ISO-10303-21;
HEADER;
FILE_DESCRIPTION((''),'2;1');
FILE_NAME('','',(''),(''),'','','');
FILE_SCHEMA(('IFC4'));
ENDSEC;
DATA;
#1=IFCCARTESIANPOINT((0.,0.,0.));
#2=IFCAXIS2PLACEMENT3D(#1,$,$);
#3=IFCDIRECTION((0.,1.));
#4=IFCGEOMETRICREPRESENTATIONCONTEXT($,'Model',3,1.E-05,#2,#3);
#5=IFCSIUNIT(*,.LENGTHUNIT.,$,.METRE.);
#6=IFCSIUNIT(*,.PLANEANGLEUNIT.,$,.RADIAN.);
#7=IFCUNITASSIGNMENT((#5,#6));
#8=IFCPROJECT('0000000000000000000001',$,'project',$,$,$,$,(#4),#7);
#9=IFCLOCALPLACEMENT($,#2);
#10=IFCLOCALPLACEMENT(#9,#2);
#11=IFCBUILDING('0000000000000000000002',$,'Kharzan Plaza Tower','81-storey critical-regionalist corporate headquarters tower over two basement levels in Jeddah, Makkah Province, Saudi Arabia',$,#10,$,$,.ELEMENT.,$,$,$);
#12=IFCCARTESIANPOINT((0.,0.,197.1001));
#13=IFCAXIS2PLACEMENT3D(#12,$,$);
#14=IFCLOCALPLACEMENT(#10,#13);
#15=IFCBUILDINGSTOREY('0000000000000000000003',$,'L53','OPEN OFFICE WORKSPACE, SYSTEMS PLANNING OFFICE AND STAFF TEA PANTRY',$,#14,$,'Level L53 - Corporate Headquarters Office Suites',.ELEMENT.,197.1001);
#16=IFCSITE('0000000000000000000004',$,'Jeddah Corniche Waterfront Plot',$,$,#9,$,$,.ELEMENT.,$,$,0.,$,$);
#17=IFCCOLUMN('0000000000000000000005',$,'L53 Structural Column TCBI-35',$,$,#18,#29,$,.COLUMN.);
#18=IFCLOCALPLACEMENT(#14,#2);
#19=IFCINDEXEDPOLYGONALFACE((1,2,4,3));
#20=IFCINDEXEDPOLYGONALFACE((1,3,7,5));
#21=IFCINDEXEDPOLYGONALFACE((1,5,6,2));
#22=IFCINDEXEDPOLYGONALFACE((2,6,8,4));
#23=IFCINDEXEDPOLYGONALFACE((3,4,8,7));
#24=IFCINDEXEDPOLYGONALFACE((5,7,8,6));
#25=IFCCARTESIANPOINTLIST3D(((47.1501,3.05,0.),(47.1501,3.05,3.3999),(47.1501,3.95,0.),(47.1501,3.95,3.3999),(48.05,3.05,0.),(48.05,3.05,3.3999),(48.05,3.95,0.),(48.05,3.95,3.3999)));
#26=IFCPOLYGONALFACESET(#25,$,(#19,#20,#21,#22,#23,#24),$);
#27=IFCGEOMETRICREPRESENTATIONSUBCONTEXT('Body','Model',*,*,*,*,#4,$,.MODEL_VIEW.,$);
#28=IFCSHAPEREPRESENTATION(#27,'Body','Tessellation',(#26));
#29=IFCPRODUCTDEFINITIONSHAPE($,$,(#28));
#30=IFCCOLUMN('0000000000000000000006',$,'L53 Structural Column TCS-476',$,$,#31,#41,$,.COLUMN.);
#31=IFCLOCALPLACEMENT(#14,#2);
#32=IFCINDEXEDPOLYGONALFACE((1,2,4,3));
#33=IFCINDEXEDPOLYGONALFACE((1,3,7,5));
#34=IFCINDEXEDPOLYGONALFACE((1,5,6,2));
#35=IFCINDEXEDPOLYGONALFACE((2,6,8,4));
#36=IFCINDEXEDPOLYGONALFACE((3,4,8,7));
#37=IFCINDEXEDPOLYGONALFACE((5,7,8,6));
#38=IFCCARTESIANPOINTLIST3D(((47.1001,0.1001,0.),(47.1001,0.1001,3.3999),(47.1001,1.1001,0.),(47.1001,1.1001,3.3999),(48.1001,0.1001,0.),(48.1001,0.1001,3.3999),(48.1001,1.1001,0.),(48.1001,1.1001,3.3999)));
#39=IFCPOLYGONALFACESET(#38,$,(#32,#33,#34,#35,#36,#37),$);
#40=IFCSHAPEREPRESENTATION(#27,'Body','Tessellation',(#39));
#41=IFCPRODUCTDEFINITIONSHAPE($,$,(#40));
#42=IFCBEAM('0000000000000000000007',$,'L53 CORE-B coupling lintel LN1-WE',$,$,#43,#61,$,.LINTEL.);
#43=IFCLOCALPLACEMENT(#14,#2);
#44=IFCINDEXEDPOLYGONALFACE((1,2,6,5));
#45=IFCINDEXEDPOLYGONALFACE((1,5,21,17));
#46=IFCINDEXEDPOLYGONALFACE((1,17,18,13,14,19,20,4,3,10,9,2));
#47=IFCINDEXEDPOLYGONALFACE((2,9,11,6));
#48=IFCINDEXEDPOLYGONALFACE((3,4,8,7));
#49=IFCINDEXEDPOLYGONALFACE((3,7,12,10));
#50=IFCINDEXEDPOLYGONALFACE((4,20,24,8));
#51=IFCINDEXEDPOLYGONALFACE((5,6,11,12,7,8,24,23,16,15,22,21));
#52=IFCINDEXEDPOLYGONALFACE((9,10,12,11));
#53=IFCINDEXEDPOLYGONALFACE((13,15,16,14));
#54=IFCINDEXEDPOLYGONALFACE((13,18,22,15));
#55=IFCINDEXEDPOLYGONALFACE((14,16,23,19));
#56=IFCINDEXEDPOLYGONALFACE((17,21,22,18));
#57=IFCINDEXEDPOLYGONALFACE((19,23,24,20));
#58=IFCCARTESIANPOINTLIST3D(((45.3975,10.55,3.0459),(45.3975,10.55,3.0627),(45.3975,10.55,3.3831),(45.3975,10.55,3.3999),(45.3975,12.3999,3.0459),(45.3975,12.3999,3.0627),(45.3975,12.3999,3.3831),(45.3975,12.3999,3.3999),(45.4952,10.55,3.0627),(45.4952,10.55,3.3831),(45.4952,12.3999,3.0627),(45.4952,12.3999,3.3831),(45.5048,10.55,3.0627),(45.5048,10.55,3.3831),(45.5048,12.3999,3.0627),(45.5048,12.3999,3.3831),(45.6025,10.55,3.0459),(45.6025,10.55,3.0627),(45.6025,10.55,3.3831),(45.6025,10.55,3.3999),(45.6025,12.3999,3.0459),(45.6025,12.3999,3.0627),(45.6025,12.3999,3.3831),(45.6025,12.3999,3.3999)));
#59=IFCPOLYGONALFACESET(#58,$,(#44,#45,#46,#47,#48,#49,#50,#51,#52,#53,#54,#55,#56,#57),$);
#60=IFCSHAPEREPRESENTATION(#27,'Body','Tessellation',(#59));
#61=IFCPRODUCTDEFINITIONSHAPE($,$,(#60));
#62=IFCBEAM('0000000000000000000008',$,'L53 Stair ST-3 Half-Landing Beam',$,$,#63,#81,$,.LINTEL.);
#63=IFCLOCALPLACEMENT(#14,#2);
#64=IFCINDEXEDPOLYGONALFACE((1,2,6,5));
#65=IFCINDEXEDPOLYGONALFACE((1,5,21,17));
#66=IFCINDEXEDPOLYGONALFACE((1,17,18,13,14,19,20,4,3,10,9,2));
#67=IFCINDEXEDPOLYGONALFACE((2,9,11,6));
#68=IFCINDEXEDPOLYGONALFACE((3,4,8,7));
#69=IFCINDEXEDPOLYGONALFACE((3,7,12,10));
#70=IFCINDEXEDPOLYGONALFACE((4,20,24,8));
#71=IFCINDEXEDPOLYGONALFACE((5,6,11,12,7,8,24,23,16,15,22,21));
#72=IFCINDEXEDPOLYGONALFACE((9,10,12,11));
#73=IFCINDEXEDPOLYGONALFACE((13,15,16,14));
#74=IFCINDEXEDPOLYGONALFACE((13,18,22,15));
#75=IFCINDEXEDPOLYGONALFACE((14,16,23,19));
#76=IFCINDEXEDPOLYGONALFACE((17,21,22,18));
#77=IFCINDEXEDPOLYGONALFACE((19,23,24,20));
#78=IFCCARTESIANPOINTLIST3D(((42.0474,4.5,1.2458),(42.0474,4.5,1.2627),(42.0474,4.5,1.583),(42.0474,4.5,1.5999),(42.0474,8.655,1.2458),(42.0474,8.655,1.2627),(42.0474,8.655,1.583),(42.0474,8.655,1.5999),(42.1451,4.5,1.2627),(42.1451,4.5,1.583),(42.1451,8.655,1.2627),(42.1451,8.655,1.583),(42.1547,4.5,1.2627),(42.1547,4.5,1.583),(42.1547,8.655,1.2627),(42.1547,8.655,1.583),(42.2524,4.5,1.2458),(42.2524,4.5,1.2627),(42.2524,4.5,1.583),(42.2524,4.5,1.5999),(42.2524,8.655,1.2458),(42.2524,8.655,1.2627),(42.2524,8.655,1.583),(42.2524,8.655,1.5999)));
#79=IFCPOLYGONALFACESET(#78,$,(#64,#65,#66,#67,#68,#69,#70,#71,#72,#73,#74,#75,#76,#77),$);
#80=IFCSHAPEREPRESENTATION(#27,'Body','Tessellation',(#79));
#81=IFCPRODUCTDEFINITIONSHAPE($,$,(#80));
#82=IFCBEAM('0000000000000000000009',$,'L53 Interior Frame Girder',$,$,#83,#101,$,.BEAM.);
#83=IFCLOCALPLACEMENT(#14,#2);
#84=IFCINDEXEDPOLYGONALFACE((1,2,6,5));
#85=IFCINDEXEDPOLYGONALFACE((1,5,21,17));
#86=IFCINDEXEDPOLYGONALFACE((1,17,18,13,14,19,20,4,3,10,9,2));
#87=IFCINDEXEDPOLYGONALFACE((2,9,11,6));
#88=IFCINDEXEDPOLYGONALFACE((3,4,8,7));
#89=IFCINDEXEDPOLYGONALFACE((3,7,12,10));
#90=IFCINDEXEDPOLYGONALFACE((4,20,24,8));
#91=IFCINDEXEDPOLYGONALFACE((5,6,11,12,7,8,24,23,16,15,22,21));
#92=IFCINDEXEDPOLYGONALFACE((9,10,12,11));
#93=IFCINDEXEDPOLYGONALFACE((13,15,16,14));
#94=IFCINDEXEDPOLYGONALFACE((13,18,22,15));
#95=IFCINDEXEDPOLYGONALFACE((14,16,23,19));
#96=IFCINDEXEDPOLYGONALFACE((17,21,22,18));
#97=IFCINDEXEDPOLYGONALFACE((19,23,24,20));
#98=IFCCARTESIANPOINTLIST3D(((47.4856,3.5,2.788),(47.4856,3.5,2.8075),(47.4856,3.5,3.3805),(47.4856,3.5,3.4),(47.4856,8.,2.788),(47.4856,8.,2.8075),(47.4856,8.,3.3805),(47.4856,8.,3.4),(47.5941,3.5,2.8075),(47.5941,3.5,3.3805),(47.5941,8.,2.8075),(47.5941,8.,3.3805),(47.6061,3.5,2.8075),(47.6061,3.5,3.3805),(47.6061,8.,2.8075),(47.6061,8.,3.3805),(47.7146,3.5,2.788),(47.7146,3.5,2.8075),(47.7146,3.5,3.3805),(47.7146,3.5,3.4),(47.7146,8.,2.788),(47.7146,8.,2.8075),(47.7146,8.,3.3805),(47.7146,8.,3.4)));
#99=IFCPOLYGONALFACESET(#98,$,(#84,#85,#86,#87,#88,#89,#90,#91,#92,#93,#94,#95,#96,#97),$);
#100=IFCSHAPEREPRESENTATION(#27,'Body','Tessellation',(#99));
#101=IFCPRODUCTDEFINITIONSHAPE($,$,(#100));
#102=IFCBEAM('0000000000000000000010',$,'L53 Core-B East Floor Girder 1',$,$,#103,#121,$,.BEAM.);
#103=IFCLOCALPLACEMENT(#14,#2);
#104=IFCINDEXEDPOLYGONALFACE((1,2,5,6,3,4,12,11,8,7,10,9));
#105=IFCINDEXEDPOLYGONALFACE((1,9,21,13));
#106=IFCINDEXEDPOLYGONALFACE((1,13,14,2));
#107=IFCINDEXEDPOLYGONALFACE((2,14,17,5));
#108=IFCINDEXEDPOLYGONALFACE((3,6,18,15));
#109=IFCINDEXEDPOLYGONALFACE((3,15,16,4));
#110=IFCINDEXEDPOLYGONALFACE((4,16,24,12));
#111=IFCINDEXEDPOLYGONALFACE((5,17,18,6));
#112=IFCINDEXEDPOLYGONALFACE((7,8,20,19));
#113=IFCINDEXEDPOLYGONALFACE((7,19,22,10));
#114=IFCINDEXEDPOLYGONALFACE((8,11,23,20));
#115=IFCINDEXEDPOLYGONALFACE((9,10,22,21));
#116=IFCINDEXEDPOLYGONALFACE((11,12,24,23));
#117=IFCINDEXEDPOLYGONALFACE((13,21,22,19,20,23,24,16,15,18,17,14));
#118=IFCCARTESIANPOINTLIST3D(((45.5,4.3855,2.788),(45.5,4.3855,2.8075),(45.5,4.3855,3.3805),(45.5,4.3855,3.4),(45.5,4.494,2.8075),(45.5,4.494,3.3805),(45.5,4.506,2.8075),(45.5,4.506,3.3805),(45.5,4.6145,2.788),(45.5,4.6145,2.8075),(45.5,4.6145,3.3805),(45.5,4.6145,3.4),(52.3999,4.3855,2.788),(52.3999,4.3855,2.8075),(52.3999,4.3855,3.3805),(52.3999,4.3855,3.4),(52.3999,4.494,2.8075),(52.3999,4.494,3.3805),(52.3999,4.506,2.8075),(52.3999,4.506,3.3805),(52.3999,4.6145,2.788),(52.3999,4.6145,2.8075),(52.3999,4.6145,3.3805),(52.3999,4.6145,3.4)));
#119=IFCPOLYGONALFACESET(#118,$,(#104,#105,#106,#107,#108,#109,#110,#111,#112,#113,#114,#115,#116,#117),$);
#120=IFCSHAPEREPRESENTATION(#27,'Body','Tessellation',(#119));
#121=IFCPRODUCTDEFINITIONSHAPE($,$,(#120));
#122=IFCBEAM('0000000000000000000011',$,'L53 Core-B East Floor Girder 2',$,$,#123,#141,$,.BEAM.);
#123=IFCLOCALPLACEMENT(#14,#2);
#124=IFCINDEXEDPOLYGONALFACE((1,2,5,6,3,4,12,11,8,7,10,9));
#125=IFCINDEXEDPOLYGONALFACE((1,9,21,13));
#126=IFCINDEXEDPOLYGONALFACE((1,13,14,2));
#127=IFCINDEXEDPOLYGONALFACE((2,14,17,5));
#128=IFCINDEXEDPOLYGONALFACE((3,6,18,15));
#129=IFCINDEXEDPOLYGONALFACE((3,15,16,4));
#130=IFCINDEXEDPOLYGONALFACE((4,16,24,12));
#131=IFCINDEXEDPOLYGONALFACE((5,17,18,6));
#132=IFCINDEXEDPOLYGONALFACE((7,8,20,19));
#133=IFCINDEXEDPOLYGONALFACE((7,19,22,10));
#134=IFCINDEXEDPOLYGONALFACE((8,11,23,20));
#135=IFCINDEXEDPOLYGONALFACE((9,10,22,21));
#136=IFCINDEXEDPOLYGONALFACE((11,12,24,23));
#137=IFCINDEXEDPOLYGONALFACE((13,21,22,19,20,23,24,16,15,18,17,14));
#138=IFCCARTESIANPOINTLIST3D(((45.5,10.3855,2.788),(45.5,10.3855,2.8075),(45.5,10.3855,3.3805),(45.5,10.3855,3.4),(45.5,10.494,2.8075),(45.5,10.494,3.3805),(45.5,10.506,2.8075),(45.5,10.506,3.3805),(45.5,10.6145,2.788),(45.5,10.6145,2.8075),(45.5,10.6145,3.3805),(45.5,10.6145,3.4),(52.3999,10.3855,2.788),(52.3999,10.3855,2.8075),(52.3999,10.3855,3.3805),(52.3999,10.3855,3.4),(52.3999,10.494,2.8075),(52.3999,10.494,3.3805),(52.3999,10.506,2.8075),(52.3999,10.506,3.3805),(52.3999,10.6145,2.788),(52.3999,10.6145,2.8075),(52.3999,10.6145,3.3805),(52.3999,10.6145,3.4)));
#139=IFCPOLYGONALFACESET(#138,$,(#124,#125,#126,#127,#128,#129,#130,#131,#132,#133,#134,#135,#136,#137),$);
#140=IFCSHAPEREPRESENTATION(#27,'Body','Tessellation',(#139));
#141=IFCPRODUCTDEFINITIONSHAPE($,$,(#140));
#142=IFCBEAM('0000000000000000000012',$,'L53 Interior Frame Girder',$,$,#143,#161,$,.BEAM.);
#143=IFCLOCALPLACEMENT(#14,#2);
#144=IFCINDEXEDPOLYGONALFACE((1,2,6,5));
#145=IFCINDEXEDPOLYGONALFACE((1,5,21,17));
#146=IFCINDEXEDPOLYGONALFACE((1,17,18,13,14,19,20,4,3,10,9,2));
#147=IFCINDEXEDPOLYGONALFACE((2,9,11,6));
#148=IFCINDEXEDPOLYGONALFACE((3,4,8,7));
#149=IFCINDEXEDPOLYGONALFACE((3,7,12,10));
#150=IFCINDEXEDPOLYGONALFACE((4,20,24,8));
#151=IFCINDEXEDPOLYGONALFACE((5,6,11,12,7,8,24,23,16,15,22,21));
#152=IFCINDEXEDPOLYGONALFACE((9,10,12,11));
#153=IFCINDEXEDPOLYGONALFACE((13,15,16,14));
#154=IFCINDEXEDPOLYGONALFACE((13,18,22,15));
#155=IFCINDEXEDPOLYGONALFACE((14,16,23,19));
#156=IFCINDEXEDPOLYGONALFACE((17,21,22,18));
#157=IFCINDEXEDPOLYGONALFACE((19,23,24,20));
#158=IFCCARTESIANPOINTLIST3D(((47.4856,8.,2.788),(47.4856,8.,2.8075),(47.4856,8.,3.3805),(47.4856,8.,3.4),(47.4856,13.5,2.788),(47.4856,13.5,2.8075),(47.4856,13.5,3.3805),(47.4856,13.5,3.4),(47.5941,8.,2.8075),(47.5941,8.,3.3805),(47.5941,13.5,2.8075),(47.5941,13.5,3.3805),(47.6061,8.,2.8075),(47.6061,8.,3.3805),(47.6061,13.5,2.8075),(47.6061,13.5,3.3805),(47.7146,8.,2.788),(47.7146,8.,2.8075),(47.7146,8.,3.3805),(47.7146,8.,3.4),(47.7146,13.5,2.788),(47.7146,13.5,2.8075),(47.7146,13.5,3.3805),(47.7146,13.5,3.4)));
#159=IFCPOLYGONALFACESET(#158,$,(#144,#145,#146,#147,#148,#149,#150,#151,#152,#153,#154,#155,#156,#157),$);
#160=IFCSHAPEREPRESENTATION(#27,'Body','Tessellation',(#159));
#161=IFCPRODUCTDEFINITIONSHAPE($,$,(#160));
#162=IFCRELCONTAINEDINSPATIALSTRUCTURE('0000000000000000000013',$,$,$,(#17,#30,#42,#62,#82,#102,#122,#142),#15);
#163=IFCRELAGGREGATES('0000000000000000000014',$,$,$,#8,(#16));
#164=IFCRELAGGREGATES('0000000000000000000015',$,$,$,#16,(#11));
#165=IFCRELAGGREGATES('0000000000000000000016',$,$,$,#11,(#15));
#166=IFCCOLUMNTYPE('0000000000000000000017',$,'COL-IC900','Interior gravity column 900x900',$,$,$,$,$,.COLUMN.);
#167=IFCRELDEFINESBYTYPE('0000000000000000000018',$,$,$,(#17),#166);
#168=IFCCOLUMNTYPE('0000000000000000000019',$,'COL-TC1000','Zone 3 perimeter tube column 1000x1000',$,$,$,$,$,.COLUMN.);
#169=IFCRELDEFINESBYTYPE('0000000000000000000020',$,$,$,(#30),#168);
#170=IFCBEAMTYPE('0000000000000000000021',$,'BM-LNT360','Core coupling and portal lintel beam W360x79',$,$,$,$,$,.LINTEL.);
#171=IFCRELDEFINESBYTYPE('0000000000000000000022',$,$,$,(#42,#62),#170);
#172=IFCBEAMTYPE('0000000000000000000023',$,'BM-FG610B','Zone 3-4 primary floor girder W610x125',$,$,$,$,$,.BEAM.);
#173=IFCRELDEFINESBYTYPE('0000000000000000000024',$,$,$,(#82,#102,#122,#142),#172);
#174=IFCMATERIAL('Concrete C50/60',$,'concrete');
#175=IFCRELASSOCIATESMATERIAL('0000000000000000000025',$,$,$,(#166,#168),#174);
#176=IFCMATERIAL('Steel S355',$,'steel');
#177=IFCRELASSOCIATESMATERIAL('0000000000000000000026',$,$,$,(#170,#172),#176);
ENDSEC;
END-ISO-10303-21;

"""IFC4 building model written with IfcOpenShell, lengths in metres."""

from ifc_helpers import new_model, si_unit, direction, frame, origin, origin_2d, place, context, subcontext, project, spatial, rectangle, i_section, extrude, source, transform, mapped, material, material_profile, profile_set, type_object, element, save


model = new_model("IFC4")

# Units and contexts
model_context = context("Model", 3, precision=1e-05, world=origin(), true_north=direction((0.0, 1.0)))
body_context = subcontext(model_context, "Body", "Model", "MODEL_VIEW")
ifc_project = project(units=[si_unit("LENGTHUNIT", "METRE"), si_unit("PLANEANGLEUNIT", "RADIAN")], contexts=[model_context])

# Site, building, storey
site_placement = place(None, origin())
site = spatial("IfcSite", under=ifc_project, at=site_placement, Name="Jeddah Corniche Waterfront Plot", CompositionType="ELEMENT", RefElevation=0.0)
building_placement = place(site_placement, origin())
building = spatial("IfcBuilding", under=site, at=building_placement, Name="Kharzan Plaza Tower", Description="81-storey critical-regionalist corporate headquarters tower over two basement levels in Jeddah, Makkah Province, Saudi Arabia", CompositionType="ELEMENT")
storey_placement = place(building_placement, frame((0.0, 0.0, 197.1001)))
storey = spatial("IfcBuildingStorey", under=building, at=storey_placement, Name="L53", Description="OPEN OFFICE WORKSPACE, SYSTEMS PLANNING OFFICE AND STAFF TEA PANTRY", LongName="Level L53 - Corporate Headquarters Office Suites", CompositionType="ELEMENT", Elevation=197.1001)

# Columns
ifc_material_1 = material(Name="Concrete C50/60", Category="concrete")
ifc_material_profile_1 = material_profile(ifc_material_1, rectangle(XDim=0.8999, YDim=0.8999, at=origin_2d()), Name="RC-IC900x900")
ifc_profile_set_1 = profile_set([ifc_material_profile_1], Name="Concrete C50/60")
column_type_1 = type_object("IfcColumnType", Name="COL-IC900", Description="Interior gravity column 900x900", PredefinedType="COLUMN", material=ifc_profile_set_1)
shared_shape_1 = source(origin(), body_context, "Body", "SweptSolid", [
    extrude(rectangle(XDim=0.8999, YDim=0.8999, at=origin_2d()), origin(), (0.0, 0.0, 1.0), 3.3999),
])
column_1_placement = place(storey_placement, frame((47.6001, 3.5, 0.0), z_axis=(0.0, 0.0, 1.0), x_axis=(1.0, 0.0, 0.0)))
element("IfcColumn", 1, at=column_1_placement, inside=storey, type_object=column_type_1, Name="L53 Structural Column TCBI-35", PredefinedType="COLUMN", context=body_context, shape_type="MappedRepresentation", body=[
    mapped(shared_shape_1, transform((0.0, 0.0, 0.0), x_axis=(1.0, 0.0, 0.0), y_axis=(0.0, 1.0, 0.0), z_axis=(0.0, 0.0, 1.0))),
])
ifc_material_profile_2 = material_profile(ifc_material_1, rectangle(XDim=1.0, YDim=1.0, at=origin_2d()), Name="RC-TC1000x1000")
ifc_profile_set_2 = profile_set([ifc_material_profile_2], Name="Concrete C50/60")
column_type_2 = type_object("IfcColumnType", Name="COL-TC1000", Description="Zone 3 perimeter tube column 1000x1000", PredefinedType="COLUMN", material=ifc_profile_set_2)
shared_shape_2 = source(origin(), body_context, "Body", "SweptSolid", [
    extrude(rectangle(XDim=1.0, YDim=1.0, at=origin_2d()), origin(), (0.0, 0.0, 1.0), 3.3999),
])
column_2_placement = place(storey_placement, frame((47.6001, 0.6001, 0.0), z_axis=(0.0, 0.0, 1.0), x_axis=(1.0, 0.0, 0.0)))
element("IfcColumn", 2, at=column_2_placement, inside=storey, type_object=column_type_2, Name="L53 Structural Column TCS-476", PredefinedType="COLUMN", context=body_context, shape_type="MappedRepresentation", body=[
    mapped(shared_shape_2, transform((0.0, 0.0, 0.0), x_axis=(1.0, 0.0, 0.0), y_axis=(0.0, 1.0, 0.0), z_axis=(0.0, 0.0, 1.0))),
])

# Beams
ifc_material_2 = material(Name="Steel S355", Category="steel")
ifc_material_profile_3 = material_profile(ifc_material_2, i_section(OverallWidth=0.2051, OverallDepth=0.354, WebThickness=0.0095, FlangeThickness=0.0168, at=origin_2d()), Name="W360x79")
ifc_profile_set_3 = profile_set([ifc_material_profile_3], Name="Steel S355")
beam_type_1 = type_object("IfcBeamType", Name="BM-LNT360", Description="Core coupling and portal lintel beam W360x79", PredefinedType="LINTEL", material=ifc_profile_set_3)
shared_shape_3 = source(origin(), body_context, "Body", "SweptSolid", [
    extrude(i_section(OverallWidth=0.2051, OverallDepth=0.354, WebThickness=0.0095, FlangeThickness=0.0168, at=origin_2d()), origin(), (0.0, 0.0, 1.0), 1.8499),
])
beam_1_placement = place(storey_placement, frame((45.5, 10.55, 3.2229), z_axis=(0.0, 1.0, 0.0), x_axis=(-1.0, 0.0, 0.0)))
element("IfcBeam", 3, at=beam_1_placement, inside=storey, type_object=beam_type_1, Name="L53 CORE-B coupling lintel LN1-WE", PredefinedType="LINTEL", context=body_context, shape_type="MappedRepresentation", body=[
    mapped(shared_shape_3, transform((0.0, 0.0, 0.0), x_axis=(1.0, 0.0, 0.0), y_axis=(0.0, 1.0, 0.0), z_axis=(0.0, 0.0, 1.0))),
])
shared_shape_4 = source(origin(), body_context, "Body", "SweptSolid", [
    extrude(i_section(OverallWidth=0.2051, OverallDepth=0.354, WebThickness=0.0095, FlangeThickness=0.0168, at=origin_2d()), origin(), (0.0, 0.0, 1.0), 4.155),
])
beam_2_placement = place(storey_placement, frame((42.1499, 4.5, 1.4229), z_axis=(0.0, 1.0, 0.0), x_axis=(-1.0, 0.0, 0.0)))
element("IfcBeam", 4, at=beam_2_placement, inside=storey, type_object=beam_type_1, Name="L53 Stair ST-3 Half-Landing Beam", PredefinedType="LINTEL", context=body_context, shape_type="MappedRepresentation", body=[
    mapped(shared_shape_4, transform((0.0, 0.0, 0.0), x_axis=(1.0, 0.0, 0.0), y_axis=(0.0, 1.0, 0.0), z_axis=(0.0, 0.0, 1.0))),
])
ifc_material_profile_4 = material_profile(ifc_material_2, i_section(OverallWidth=0.229, OverallDepth=0.6121, WebThickness=0.012, FlangeThickness=0.0195, at=origin_2d()), Name="W610x125")
ifc_profile_set_4 = profile_set([ifc_material_profile_4], Name="Steel S355")
beam_type_2 = type_object("IfcBeamType", Name="BM-FG610B", Description="Zone 3-4 primary floor girder W610x125", PredefinedType="BEAM", material=ifc_profile_set_4)
shared_shape_5 = source(origin(), body_context, "Body", "SweptSolid", [
    extrude(i_section(OverallWidth=0.229, OverallDepth=0.6121, WebThickness=0.012, FlangeThickness=0.0195, at=origin_2d()), origin(), (0.0, 0.0, 1.0), 4.5),
])
beam_3_placement = place(storey_placement, frame((47.6001, 3.5, 3.094), z_axis=(0.0, 1.0, 0.0), x_axis=(-1.0, 0.0, 0.0)))
element("IfcBeam", 5, at=beam_3_placement, inside=storey, type_object=beam_type_2, Name="L53 Interior Frame Girder", PredefinedType="BEAM", context=body_context, shape_type="MappedRepresentation", body=[
    mapped(shared_shape_5, transform((0.0, 0.0, 0.0), x_axis=(1.0, 0.0, 0.0), y_axis=(0.0, 1.0, 0.0), z_axis=(0.0, 0.0, 1.0))),
])
shared_shape_6 = source(origin(), body_context, "Body", "SweptSolid", [
    extrude(i_section(OverallWidth=0.229, OverallDepth=0.6121, WebThickness=0.012, FlangeThickness=0.0195, at=origin_2d()), origin(), (0.0, 0.0, 1.0), 6.8999),
])
for number, where, z_axis, x_axis, name in (
    (6, (45.5, 4.5, 3.094), (1.0, 0.0, 0.0), (0.0, 1.0, 0.0), "L53 Core-B East Floor Girder 1"),
    (7, (45.5, 10.5, 3.094), (1.0, 0.0, 0.0), (0.0, 1.0, 0.0), "L53 Core-B East Floor Girder 2"),
):
    element("IfcBeam", number, at=place(storey_placement, frame(where, z_axis=z_axis, x_axis=x_axis)), inside=storey, type_object=beam_type_2, Name=name, PredefinedType="BEAM", context=body_context, shape_type="MappedRepresentation", body=[
        mapped(shared_shape_6, transform((0.0, 0.0, 0.0), x_axis=(1.0, 0.0, 0.0), y_axis=(0.0, 1.0, 0.0), z_axis=(0.0, 0.0, 1.0))),
    ])
shared_shape_7 = source(origin(), body_context, "Body", "SweptSolid", [
    extrude(i_section(OverallWidth=0.229, OverallDepth=0.6121, WebThickness=0.012, FlangeThickness=0.0195, at=origin_2d()), origin(), (0.0, 0.0, 1.0), 5.5),
])
beam_4_placement = place(storey_placement, frame((47.6001, 8.0, 3.094), z_axis=(0.0, 1.0, 0.0), x_axis=(-1.0, 0.0, 0.0)))
element("IfcBeam", 8, at=beam_4_placement, inside=storey, type_object=beam_type_2, Name="L53 Interior Frame Girder", PredefinedType="BEAM", context=body_context, shape_type="MappedRepresentation", body=[
    mapped(shared_shape_7, transform((0.0, 0.0, 0.0), x_axis=(1.0, 0.0, 0.0), y_axis=(0.0, 1.0, 0.0), z_axis=(0.0, 0.0, 1.0))),
])

save(model, "model.ifc")
